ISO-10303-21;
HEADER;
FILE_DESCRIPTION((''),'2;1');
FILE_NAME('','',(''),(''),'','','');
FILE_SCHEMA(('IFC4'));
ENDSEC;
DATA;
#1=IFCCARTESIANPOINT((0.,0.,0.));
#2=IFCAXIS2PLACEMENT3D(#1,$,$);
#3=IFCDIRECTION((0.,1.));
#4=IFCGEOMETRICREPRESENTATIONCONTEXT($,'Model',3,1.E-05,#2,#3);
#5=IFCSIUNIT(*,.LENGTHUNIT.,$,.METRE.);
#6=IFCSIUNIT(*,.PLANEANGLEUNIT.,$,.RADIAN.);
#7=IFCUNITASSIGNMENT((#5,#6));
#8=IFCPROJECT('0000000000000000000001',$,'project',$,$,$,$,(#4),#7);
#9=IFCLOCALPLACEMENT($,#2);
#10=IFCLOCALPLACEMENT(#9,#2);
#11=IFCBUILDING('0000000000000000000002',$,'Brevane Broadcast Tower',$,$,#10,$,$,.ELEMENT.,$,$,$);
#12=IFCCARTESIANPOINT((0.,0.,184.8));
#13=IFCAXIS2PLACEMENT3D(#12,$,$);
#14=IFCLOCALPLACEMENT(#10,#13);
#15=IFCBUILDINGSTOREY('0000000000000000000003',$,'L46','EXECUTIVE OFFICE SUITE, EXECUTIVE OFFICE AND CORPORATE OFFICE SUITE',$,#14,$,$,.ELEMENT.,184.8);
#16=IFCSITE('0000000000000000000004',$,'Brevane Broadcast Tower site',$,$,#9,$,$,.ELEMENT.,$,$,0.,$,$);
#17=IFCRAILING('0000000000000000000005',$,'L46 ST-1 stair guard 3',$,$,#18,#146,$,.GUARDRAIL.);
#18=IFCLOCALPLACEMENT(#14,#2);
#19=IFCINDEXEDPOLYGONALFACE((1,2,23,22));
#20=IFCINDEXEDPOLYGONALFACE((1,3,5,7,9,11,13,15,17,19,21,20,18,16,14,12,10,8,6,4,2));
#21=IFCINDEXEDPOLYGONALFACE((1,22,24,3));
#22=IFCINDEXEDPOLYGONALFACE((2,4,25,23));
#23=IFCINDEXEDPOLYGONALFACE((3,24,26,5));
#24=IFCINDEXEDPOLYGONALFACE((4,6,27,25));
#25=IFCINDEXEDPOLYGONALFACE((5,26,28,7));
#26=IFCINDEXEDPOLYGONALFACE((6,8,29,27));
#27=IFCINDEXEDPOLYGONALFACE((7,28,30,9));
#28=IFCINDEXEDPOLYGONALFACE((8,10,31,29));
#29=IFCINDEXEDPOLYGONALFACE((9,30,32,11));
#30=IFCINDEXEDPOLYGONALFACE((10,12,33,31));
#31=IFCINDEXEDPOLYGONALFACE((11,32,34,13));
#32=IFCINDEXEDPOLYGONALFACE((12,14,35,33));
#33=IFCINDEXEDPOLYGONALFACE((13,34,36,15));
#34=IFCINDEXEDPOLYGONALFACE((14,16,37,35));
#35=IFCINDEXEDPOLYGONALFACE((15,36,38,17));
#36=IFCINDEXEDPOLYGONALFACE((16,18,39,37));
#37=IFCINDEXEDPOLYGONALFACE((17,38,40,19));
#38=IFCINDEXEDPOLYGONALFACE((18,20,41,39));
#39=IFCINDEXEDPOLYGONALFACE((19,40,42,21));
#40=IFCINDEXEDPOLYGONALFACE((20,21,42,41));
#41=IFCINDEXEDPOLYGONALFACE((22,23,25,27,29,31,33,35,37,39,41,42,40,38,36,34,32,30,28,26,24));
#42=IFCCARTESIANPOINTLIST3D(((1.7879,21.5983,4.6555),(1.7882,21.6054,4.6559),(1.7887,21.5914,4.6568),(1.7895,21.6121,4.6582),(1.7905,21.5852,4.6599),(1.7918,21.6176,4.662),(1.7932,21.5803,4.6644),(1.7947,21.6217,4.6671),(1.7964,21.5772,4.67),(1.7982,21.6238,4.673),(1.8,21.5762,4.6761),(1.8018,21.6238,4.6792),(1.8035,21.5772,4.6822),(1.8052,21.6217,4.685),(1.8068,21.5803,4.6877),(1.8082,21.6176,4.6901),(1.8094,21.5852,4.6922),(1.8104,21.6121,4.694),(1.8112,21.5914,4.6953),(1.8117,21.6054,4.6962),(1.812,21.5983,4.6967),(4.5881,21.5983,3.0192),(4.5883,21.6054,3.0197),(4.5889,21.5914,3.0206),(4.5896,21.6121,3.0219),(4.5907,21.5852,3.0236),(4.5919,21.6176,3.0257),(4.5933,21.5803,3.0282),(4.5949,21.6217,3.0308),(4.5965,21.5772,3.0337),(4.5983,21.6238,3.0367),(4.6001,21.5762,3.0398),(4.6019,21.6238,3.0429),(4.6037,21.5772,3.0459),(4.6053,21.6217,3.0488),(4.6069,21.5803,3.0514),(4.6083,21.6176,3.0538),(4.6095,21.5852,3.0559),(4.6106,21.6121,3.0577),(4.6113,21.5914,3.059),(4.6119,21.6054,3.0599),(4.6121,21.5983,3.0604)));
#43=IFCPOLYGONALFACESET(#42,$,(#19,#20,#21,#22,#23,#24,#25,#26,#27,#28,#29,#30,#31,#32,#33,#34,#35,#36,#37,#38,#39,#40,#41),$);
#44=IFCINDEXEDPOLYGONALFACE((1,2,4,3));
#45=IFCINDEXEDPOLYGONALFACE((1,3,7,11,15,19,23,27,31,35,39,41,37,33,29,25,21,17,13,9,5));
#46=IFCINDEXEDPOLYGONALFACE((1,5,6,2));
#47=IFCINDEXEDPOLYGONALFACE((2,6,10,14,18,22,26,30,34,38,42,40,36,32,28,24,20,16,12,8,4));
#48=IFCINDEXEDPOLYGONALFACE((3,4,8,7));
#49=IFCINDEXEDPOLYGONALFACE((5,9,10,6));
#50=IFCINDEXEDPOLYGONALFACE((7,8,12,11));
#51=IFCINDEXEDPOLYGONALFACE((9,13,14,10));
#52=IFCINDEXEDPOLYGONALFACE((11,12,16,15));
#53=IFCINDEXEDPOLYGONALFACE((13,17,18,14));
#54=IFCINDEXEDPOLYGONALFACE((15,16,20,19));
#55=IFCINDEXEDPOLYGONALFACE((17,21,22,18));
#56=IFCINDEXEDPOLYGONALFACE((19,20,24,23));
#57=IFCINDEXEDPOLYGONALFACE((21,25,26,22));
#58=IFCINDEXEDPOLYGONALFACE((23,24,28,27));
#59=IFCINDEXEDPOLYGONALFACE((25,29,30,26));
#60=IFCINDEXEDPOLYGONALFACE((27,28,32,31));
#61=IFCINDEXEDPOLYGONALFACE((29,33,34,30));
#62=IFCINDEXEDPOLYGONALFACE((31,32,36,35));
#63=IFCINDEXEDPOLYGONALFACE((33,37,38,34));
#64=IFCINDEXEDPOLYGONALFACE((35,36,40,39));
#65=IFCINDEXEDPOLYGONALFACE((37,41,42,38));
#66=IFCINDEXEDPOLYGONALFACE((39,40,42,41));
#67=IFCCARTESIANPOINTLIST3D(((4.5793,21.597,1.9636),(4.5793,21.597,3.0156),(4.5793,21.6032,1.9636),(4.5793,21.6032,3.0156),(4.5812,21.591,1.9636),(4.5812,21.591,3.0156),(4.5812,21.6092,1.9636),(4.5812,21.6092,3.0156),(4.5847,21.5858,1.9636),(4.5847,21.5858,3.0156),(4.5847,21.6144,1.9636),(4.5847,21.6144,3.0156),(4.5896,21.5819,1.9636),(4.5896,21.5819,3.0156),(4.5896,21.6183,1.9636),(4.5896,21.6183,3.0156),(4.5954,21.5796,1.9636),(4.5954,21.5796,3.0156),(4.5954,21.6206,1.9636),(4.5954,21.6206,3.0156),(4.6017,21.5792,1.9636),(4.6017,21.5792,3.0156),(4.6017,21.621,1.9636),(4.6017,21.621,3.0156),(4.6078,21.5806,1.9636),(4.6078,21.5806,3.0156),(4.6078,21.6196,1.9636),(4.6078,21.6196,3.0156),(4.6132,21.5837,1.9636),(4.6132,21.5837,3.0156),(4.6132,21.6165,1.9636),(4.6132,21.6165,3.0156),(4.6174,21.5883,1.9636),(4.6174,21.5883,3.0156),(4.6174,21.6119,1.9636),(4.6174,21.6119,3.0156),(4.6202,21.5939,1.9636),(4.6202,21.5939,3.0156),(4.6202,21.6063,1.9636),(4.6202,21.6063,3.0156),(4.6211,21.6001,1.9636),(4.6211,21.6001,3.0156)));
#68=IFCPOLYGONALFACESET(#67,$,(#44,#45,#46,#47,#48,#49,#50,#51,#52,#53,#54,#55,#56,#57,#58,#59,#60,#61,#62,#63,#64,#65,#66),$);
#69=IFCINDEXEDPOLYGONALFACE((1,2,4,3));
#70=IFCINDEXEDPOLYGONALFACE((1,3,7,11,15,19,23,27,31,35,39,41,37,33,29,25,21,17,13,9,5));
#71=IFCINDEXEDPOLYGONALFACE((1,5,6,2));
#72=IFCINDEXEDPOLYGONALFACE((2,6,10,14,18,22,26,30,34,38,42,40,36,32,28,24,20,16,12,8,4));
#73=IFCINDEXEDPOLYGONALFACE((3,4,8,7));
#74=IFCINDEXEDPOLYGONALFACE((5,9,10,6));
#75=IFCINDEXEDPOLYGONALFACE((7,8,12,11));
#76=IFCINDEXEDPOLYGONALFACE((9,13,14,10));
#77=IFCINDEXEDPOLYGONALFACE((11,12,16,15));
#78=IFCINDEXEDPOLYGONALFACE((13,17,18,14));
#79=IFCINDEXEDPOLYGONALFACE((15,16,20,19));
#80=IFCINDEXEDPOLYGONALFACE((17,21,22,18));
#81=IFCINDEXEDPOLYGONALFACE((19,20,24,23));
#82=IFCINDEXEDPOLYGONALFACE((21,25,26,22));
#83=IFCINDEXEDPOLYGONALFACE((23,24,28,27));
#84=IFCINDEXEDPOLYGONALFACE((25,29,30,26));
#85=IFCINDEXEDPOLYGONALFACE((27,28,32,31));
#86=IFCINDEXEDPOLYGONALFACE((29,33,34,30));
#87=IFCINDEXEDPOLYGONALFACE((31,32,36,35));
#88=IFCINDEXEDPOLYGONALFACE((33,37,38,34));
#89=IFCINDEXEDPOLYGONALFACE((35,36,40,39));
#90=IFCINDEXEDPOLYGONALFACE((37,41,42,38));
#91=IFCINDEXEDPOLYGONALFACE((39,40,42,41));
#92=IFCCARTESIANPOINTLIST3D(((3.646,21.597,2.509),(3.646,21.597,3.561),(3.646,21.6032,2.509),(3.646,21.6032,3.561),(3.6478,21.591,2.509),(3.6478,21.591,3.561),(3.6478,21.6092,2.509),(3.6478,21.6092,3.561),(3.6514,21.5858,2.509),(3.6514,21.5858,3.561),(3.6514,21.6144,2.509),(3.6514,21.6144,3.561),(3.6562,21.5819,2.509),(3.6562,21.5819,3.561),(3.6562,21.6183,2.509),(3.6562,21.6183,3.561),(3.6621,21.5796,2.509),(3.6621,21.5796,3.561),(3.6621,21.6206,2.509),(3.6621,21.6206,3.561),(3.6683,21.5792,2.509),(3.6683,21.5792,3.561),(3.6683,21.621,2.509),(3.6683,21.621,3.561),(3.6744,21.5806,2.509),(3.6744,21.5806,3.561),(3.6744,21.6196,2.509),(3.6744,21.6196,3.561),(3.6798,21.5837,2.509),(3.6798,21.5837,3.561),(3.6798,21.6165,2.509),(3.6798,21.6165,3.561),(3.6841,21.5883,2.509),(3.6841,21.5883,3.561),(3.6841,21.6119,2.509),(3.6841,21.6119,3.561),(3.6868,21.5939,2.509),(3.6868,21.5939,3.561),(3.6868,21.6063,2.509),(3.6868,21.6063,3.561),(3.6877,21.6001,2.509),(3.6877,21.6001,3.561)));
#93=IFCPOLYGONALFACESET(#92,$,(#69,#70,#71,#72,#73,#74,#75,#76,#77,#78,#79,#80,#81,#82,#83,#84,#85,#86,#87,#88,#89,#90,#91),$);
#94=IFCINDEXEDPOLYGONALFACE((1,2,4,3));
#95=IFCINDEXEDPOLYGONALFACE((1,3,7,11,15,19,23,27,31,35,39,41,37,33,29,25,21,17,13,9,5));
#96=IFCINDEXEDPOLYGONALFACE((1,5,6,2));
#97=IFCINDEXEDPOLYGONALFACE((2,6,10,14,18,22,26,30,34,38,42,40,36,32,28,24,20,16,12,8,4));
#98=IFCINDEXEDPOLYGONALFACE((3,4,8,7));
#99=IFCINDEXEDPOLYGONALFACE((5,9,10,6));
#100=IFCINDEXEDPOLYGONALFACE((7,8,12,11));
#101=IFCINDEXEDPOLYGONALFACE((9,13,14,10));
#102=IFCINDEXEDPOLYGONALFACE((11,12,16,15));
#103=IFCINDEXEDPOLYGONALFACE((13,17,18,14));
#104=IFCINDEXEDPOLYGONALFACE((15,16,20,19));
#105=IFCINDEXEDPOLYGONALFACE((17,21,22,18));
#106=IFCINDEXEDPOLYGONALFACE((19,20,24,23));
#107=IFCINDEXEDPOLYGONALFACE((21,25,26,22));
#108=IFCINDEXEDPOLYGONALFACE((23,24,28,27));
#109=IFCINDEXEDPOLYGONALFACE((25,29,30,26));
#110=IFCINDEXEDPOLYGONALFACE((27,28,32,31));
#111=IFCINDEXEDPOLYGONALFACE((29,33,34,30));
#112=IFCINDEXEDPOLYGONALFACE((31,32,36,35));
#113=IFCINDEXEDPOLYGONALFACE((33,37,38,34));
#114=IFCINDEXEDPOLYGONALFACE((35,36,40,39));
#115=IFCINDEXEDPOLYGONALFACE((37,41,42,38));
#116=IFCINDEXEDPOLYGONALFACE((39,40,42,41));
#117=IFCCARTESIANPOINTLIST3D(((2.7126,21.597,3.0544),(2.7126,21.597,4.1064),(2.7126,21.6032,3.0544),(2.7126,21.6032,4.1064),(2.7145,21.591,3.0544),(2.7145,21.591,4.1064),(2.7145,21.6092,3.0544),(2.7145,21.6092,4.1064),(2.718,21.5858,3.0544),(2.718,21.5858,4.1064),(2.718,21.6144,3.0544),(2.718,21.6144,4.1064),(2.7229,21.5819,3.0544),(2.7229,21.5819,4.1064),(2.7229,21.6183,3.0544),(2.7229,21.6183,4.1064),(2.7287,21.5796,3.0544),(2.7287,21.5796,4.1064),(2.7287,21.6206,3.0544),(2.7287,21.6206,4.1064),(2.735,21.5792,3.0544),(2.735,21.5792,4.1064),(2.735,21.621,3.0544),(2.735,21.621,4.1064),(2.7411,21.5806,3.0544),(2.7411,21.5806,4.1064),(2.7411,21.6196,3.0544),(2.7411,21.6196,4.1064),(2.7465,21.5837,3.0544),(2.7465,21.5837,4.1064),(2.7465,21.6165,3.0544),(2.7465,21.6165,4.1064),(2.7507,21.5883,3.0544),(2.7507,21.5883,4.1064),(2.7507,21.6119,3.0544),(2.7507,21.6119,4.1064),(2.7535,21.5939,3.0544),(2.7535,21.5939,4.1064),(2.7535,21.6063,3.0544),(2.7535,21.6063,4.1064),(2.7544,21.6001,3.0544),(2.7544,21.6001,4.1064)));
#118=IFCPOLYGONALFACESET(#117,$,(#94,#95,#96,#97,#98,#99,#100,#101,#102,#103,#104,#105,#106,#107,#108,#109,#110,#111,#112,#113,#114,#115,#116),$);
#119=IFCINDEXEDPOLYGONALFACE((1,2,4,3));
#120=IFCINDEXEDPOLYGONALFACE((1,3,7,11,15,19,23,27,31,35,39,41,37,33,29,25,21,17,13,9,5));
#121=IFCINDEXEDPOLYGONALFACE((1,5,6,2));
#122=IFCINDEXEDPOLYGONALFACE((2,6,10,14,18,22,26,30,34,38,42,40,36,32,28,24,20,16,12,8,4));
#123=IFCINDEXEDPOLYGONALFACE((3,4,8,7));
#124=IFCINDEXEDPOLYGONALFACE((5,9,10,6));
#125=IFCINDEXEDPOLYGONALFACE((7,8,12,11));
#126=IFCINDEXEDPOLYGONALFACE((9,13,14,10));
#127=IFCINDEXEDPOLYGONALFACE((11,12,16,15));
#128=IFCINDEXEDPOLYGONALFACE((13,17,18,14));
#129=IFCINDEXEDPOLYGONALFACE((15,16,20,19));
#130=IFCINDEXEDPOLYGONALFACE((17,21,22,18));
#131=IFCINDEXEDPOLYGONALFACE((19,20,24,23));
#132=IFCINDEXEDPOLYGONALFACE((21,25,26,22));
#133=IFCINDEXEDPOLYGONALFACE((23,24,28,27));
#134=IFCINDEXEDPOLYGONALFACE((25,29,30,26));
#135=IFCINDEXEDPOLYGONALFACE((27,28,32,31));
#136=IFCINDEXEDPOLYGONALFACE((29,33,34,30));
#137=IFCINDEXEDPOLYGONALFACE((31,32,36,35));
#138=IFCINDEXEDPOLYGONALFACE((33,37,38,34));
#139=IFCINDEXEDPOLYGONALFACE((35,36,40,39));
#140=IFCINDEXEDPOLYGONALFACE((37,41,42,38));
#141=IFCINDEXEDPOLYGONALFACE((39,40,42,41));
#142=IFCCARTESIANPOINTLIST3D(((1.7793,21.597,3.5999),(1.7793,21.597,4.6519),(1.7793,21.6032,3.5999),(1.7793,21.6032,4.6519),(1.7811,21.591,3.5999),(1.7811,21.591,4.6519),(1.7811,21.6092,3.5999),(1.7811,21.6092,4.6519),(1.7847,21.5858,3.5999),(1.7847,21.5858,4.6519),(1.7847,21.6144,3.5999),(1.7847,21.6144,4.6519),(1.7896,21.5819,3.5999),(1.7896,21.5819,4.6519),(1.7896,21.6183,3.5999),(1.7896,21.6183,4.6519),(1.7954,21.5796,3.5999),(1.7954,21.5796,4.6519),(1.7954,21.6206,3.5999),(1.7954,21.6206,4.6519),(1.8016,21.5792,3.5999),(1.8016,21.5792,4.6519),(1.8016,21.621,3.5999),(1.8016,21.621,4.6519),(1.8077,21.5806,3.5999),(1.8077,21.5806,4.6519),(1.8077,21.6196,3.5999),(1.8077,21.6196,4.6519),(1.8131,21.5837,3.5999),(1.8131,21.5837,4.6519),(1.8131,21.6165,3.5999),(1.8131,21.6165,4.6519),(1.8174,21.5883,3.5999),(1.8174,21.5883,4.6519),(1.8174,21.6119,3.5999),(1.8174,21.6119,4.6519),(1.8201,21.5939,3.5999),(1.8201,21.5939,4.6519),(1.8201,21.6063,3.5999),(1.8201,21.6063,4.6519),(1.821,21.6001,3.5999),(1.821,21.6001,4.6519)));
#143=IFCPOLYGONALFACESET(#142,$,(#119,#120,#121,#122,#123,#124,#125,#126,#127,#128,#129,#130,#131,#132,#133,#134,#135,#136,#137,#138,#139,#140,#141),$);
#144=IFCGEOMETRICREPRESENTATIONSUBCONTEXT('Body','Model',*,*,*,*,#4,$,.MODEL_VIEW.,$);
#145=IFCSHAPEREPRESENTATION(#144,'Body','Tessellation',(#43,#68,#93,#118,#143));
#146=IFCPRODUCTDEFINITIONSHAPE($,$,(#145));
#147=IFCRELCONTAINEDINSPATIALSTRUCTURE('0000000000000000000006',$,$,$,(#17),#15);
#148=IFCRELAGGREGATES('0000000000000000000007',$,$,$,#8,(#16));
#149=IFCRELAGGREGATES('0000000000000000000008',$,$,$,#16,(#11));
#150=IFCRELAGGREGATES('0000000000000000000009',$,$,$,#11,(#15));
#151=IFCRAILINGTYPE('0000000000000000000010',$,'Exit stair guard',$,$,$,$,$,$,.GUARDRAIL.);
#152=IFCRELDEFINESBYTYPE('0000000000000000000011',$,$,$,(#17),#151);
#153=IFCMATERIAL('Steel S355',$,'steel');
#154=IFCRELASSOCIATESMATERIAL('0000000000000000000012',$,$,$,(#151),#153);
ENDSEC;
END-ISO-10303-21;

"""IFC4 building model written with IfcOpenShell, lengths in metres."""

from ifc_helpers import new_model, si_unit, direction, frame, origin, origin_2d, place, context, subcontext, project, spatial, circle, extrude, material, type_object, element, save


model = new_model("IFC4")

# Units and contexts
model_context = context("Model", 3, precision=1e-05, world=origin(), true_north=direction((0.0, 1.0)))
body_context = subcontext(model_context, "Body", "Model", "MODEL_VIEW")
ifc_project = project(units=[si_unit("LENGTHUNIT", "METRE"), si_unit("PLANEANGLEUNIT", "RADIAN")], contexts=[model_context])

# Site, building, storey
site_placement = place(None, origin())
site = spatial("IfcSite", under=ifc_project, at=site_placement, Name="Brevane Broadcast Tower site", CompositionType="ELEMENT", RefElevation=0.0)
building_placement = place(site_placement, origin())
building = spatial("IfcBuilding", under=site, at=building_placement, Name="Brevane Broadcast Tower", CompositionType="ELEMENT")
storey_placement = place(building_placement, frame((0.0, 0.0, 184.8)))
storey = spatial("IfcBuildingStorey", under=building, at=storey_placement, Name="L46", Description="EXECUTIVE OFFICE SUITE, EXECUTIVE OFFICE AND CORPORATE OFFICE SUITE", CompositionType="ELEMENT", Elevation=184.8)

# Railing
ifc_material_1 = material(Name="Steel S355", Category="steel")
railing_type_1 = type_object("IfcRailingType", Name="Exit stair guard", PredefinedType="GUARDRAIL", material=ifc_material_1)
railing_1_placement = place(storey_placement, frame((4.6001, 21.6001, 1.9636)))
element("IfcRailing", 1, at=railing_1_placement, inside=storey, type_object=railing_type_1, Name="L46 ST-1 stair guard 3", PredefinedType="GUARDRAIL", context=body_context, shape_type="SweptSolid", body=[
    extrude(circle(Radius=0.0239, at=origin_2d()), frame((0.0, 0.0, 1.0762), z_axis=(-0.863394, 0.0, 0.504531), x_axis=(0.0, -1.0, 0.0)), (0.0, 0.0, 1.0), 3.2432),
    extrude(circle(Radius=0.021, at=origin_2d()), origin(), (0.0, 0.0, 1.0), 1.052),
    extrude(circle(Radius=0.021, at=origin_2d()), frame((-0.9333, 0.0, 0.5454)), (0.0, 0.0, 1.0), 1.052),
    extrude(circle(Radius=0.021, at=origin_2d()), frame((-1.8667, 0.0, 1.0908)), (0.0, 0.0, 1.0), 1.052),
    extrude(circle(Radius=0.021, at=origin_2d()), frame((-2.8, 0.0, 1.6362)), (0.0, 0.0, 1.0), 1.052),
])

save(model, "model.ifc")
